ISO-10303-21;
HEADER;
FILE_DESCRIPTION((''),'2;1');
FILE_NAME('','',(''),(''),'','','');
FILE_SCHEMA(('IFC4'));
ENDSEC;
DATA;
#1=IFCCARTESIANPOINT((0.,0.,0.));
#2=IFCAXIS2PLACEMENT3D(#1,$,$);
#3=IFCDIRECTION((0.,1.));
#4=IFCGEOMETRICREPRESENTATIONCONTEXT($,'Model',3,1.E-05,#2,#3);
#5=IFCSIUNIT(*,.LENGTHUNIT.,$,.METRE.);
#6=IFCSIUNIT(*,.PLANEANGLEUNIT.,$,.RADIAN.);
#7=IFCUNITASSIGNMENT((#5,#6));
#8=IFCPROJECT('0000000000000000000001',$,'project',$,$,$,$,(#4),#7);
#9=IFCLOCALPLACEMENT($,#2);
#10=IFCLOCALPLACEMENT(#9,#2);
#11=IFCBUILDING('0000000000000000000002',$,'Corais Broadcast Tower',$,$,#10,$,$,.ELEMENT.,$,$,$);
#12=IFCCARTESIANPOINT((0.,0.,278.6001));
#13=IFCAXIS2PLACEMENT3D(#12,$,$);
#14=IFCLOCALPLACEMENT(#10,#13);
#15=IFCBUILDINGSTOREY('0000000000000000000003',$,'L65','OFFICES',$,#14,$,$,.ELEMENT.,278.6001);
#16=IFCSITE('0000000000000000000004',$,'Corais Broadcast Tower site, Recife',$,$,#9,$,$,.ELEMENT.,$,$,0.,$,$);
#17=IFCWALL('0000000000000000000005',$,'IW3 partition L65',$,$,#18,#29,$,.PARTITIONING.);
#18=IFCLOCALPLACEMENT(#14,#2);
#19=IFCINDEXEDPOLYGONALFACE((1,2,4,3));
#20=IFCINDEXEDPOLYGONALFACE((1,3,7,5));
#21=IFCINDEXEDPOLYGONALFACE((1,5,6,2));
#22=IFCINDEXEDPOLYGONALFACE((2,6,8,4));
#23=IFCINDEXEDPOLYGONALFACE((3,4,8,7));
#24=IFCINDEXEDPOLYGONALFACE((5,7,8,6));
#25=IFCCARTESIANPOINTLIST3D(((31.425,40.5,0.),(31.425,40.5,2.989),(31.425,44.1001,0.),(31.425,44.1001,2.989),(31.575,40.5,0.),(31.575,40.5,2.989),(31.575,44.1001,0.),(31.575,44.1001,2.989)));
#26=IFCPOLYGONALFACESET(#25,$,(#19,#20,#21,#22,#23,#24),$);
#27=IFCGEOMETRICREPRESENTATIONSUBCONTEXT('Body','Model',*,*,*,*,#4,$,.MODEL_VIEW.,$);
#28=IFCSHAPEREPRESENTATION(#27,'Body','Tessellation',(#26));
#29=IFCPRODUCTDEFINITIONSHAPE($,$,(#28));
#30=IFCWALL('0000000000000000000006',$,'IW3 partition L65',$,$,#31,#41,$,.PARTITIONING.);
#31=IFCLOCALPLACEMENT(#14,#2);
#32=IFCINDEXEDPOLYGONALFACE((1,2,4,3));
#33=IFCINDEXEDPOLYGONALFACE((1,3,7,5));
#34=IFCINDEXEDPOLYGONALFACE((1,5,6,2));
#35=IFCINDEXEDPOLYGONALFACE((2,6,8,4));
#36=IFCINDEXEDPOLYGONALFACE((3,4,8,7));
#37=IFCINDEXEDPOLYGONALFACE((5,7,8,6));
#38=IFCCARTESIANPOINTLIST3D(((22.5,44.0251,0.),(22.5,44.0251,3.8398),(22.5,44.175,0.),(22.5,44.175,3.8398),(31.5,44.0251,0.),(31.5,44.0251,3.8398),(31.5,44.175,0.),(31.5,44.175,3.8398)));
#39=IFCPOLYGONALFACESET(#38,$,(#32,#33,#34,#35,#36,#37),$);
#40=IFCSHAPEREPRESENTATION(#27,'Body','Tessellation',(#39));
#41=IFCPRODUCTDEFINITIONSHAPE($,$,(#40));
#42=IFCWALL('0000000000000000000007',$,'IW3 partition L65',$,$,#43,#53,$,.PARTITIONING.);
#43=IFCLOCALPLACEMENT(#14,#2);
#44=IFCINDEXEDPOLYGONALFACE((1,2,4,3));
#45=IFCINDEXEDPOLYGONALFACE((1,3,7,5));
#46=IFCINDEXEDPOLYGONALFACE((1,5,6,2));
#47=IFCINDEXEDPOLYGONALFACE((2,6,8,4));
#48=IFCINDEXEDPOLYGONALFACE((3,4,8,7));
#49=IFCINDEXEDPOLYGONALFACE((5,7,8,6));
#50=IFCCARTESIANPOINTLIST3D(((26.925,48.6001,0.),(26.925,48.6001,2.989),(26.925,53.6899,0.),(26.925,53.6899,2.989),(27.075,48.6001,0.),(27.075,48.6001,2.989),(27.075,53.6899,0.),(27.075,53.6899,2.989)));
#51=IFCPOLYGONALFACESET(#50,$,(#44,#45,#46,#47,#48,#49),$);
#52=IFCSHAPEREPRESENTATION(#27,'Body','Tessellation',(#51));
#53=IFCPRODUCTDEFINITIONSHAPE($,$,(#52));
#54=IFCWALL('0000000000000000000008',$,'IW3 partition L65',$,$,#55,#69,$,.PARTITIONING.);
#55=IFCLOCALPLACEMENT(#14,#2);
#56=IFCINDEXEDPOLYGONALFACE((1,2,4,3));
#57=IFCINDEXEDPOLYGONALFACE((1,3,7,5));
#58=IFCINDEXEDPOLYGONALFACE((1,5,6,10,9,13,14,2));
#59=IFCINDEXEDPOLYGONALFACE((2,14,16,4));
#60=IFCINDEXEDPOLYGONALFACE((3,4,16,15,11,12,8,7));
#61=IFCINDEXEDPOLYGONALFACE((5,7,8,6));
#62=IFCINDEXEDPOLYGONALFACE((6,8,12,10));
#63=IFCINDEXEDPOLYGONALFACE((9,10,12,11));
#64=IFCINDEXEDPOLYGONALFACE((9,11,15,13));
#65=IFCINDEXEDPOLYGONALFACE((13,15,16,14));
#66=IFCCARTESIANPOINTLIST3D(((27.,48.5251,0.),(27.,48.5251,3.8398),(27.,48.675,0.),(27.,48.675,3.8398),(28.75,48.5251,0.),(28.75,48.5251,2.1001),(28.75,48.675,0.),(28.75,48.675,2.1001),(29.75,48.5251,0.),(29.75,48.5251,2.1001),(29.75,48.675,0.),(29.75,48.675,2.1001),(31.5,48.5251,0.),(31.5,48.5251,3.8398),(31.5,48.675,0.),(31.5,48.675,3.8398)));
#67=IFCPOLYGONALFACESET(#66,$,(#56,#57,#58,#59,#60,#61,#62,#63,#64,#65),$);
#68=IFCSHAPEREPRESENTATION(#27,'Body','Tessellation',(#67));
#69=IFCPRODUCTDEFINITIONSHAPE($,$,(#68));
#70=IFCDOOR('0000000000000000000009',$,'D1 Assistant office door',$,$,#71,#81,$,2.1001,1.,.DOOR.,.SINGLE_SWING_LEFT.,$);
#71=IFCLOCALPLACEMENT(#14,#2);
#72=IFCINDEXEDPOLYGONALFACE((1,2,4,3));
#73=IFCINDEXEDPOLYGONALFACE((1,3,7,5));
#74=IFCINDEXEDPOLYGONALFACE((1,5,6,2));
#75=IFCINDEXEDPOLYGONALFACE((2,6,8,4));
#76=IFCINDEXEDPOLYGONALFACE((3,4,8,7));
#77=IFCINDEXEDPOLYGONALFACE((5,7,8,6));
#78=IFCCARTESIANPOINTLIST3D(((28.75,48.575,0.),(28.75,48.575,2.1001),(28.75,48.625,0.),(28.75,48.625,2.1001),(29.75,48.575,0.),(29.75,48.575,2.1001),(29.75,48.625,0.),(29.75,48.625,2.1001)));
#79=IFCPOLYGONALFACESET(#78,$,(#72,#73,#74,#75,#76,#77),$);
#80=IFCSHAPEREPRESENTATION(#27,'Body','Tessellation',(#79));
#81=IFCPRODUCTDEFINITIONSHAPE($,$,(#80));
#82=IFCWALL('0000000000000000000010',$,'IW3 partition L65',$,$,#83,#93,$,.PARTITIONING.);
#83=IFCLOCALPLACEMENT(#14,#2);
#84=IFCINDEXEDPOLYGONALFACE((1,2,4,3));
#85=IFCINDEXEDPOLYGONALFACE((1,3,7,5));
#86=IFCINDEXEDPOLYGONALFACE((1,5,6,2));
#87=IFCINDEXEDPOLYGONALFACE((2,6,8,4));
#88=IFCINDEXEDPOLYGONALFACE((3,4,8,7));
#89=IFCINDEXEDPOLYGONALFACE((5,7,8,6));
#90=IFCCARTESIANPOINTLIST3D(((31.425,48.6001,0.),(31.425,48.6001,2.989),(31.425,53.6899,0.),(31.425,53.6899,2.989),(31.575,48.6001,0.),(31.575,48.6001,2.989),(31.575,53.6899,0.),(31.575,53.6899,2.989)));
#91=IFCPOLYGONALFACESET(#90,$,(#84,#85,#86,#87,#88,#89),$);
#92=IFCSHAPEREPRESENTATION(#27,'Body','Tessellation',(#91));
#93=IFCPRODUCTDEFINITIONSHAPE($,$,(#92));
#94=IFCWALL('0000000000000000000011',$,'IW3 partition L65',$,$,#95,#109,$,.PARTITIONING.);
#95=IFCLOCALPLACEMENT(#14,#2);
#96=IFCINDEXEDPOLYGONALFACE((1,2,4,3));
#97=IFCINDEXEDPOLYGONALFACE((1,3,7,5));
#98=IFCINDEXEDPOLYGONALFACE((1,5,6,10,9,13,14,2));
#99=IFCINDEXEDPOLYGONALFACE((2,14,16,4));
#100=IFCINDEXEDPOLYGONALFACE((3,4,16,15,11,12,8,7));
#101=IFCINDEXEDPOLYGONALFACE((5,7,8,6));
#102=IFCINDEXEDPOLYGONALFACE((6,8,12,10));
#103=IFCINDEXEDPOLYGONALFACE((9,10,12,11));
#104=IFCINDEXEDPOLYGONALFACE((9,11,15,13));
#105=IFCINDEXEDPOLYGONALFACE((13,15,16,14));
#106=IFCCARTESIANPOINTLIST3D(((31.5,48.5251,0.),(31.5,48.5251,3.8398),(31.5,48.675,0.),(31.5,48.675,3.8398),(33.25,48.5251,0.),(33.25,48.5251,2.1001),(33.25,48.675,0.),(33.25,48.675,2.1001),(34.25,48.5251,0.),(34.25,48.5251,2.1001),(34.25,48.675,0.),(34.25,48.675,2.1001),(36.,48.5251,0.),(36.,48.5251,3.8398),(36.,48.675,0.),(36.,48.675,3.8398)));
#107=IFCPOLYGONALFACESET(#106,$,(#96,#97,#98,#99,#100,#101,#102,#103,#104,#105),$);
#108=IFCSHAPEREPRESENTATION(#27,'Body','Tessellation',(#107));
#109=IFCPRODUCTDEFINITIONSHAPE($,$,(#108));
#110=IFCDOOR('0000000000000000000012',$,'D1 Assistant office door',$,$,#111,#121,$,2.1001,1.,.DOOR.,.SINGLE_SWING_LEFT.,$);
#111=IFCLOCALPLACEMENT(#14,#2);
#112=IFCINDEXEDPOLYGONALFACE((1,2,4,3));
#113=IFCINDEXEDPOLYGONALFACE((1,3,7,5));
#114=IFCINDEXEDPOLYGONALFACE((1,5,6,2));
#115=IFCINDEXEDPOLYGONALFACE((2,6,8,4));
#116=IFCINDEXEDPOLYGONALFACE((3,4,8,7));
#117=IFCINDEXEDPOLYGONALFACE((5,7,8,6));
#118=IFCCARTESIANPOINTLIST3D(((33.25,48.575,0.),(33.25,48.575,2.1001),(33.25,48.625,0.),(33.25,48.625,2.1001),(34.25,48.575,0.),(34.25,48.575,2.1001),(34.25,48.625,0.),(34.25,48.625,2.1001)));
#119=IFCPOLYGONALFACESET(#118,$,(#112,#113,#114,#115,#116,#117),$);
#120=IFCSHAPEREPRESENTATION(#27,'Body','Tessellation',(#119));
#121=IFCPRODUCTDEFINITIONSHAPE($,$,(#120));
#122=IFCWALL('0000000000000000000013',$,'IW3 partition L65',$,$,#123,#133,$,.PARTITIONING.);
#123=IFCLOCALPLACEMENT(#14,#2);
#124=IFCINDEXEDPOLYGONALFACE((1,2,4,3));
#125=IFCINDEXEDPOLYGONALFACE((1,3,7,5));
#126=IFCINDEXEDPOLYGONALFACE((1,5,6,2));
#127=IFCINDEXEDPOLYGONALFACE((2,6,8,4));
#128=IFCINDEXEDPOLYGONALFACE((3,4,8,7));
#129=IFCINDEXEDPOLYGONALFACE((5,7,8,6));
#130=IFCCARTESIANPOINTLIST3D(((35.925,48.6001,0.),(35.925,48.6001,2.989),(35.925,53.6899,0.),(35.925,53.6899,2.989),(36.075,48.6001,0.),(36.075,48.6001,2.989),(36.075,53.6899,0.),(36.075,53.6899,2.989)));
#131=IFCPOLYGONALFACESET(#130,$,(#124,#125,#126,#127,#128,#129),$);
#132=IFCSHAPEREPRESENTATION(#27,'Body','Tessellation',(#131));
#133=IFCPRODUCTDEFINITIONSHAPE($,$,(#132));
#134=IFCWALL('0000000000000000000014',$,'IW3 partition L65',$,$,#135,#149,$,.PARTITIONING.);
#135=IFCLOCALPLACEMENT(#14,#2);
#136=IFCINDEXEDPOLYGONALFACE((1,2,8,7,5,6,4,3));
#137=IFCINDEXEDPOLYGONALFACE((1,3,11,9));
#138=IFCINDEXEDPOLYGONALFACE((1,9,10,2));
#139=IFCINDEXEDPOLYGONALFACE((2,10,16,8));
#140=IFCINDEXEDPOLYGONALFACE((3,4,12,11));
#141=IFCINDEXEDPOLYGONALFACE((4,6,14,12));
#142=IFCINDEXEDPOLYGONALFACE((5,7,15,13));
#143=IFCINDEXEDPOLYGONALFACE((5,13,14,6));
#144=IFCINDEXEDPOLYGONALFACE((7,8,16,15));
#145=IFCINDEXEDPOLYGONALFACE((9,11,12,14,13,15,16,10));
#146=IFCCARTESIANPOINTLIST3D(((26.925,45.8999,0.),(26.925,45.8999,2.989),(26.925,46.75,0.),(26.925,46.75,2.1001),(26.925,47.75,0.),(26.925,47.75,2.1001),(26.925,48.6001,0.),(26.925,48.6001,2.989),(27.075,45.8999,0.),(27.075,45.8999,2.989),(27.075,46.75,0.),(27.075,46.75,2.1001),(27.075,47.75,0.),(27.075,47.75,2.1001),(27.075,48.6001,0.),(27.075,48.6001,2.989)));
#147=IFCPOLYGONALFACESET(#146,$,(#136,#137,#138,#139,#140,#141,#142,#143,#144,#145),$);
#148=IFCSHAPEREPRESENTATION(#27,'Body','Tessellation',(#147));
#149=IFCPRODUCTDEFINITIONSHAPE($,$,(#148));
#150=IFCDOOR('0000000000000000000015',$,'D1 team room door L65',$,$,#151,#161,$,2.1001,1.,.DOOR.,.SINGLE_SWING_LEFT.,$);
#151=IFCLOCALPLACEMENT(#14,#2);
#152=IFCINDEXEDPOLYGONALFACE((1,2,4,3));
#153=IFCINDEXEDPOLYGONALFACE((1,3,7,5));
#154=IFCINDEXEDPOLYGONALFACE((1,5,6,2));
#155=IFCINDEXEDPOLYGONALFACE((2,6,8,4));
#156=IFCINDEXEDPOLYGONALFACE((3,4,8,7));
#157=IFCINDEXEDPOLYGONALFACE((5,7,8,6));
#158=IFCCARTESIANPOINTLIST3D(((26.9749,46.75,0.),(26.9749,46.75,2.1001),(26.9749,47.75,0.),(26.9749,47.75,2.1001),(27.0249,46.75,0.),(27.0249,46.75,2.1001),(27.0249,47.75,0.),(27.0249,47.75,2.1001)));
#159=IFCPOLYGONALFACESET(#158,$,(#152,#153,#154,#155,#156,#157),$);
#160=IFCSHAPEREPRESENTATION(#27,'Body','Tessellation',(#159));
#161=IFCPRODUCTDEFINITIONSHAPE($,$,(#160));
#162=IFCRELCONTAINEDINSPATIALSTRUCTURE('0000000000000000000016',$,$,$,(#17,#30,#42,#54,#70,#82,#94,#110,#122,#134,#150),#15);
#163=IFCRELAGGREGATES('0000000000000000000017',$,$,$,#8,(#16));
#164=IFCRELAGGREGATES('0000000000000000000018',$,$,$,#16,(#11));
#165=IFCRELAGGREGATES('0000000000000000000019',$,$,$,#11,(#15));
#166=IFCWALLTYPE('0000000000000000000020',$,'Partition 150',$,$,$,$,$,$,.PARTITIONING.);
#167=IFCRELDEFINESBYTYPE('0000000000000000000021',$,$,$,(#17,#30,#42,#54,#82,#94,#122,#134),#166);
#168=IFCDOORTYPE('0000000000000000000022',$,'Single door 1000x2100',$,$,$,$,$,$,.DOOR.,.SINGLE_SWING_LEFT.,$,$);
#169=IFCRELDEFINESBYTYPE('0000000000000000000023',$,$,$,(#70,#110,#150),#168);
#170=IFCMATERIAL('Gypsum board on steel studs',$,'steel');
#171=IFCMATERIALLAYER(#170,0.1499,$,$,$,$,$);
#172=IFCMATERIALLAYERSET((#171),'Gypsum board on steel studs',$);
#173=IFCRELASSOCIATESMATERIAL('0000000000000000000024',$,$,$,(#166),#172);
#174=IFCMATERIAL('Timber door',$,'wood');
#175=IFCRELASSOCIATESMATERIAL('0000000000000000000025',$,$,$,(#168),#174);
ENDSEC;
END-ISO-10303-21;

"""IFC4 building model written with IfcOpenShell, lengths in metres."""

from ifc_helpers import new_model, si_unit, direction, frame, frame_2d, origin, place, context, subcontext, project, spatial, rectangle, extrude, material, layer, layer_set, type_object, element, fill, save


model = new_model("IFC4")

# Units and contexts
model_context = context("Model", 3, precision=1e-05, world=origin(), true_north=direction((0.0, 1.0)))
body_context = subcontext(model_context, "Body", "Model", "MODEL_VIEW")
ifc_project = project(units=[si_unit("LENGTHUNIT", "METRE"), si_unit("PLANEANGLEUNIT", "RADIAN")], contexts=[model_context])

# Site, building, storey
site_placement = place(None, origin())
site = spatial("IfcSite", under=ifc_project, at=site_placement, Name="Corais Broadcast Tower site, Recife", CompositionType="ELEMENT", RefElevation=0.0)
building_placement = place(site_placement, origin())
building = spatial("IfcBuilding", under=site, at=building_placement, Name="Corais Broadcast Tower", CompositionType="ELEMENT")
storey_placement = place(building_placement, frame((0.0, 0.0, 278.6001)))
storey = spatial("IfcBuildingStorey", under=building, at=storey_placement, Name="L65", Description="OFFICES", CompositionType="ELEMENT", Elevation=278.6001)

# Shared definitions
ifc_material_1 = material(Name="Gypsum board on steel studs", Category="steel")
ifc_layer_1 = layer(ifc_material_1, 0.1499)
ifc_layer_set_1 = layer_set([ifc_layer_1], Name="Gypsum board on steel studs")
wall_type_1 = type_object("IfcWallType", Name="Partition 150", PredefinedType="PARTITIONING", material=ifc_layer_set_1)
ifc_material_2 = material(Name="Timber door", Category="wood")
door_type = type_object("IfcDoorType", Name="Single door 1000x2100", OperationType="SINGLE_SWING_LEFT", PredefinedType="DOOR", material=ifc_material_2)

# Walls
wall_1_placement = place(storey_placement, frame((31.5, 40.5, 0.0), z_axis=(0.0, 0.0, 1.0), x_axis=(0.0, 1.0, 0.0)))
element("IfcWall", 1, at=wall_1_placement, inside=storey, type_object=wall_type_1, Name="IW3 partition L65", PredefinedType="PARTITIONING", context=body_context, shape_type="SweptSolid", body=[
    extrude(rectangle(XDim=3.6001, YDim=0.1499, at=frame_2d((1.8, 0.0))), origin(), (0.0, 0.0, 1.0), 2.989),
])
wall_2_placement = place(storey_placement, frame((31.5, 44.1001, 0.0), z_axis=(0.0, 0.0, 1.0), x_axis=(-1.0, 0.0, 0.0)))
element("IfcWall", 2, at=wall_2_placement, inside=storey, type_object=wall_type_1, Name="IW3 partition L65", PredefinedType="PARTITIONING", context=body_context, shape_type="SweptSolid", body=[
    extrude(rectangle(XDim=9.0, YDim=0.1499, at=frame_2d((4.5, 0.0))), origin(), (0.0, 0.0, 1.0), 3.8398),
])
wall_3_placement = place(storey_placement, frame((27.0, 48.6001, 0.0), z_axis=(0.0, 0.0, 1.0), x_axis=(0.0, 1.0, 0.0)))
element("IfcWall", 3, at=wall_3_placement, inside=storey, type_object=wall_type_1, Name="IW3 partition L65", PredefinedType="PARTITIONING", context=body_context, shape_type="SweptSolid", body=[
    extrude(rectangle(XDim=5.0898, YDim=0.1499, at=frame_2d((2.5449, 0.0))), origin(), (0.0, 0.0, 1.0), 2.989),
])

# Wall, opening, door
wall_4_placement = place(storey_placement, frame((27.0, 48.6001, 0.0), z_axis=(0.0, 0.0, 1.0), x_axis=(1.0, 0.0, 0.0)))
wall_4 = element("IfcWall", 4, at=wall_4_placement, inside=storey, type_object=wall_type_1, Name="IW3 partition L65", PredefinedType="PARTITIONING", context=body_context, shape_type="SweptSolid", body=[
    extrude(rectangle(XDim=4.5, YDim=0.1499, at=frame_2d((2.25, 0.0))), origin(), (0.0, 0.0, 1.0), 3.8398),
])
opening_1_placement = place(wall_4_placement, frame((1.75, 0.0, 0.0)))
opening_1 = element("IfcOpeningElement", 5, at=opening_1_placement, cuts=wall_4, PredefinedType="OPENING", context=body_context, shape_type="SweptSolid", body=[
    extrude(rectangle(XDim=1.0, YDim=2.1001, at=frame_2d((0.5, 1.05))), frame((0.0, 0.085, 0.0), z_axis=(0.0, -1.0, 0.0), x_axis=(1.0, 0.0, 0.0)), (0.0, 0.0, 1.0), 0.1699),
])
door_1_placement = place(opening_1_placement, origin())
door_1 = element("IfcDoor", 6, at=door_1_placement, inside=storey, type_object=door_type, Name="D1 Assistant office door", OperationType="SINGLE_SWING_LEFT", OverallHeight=2.1001, OverallWidth=1.0, PredefinedType="DOOR", context=body_context, shape_type="SweptSolid", body=[
    extrude(rectangle(XDim=1.0, YDim=2.1001, at=frame_2d((0.5, 1.05))), frame((0.0, 0.0249, 0.0), z_axis=(0.0, -1.0, 0.0), x_axis=(1.0, 0.0, 0.0)), (0.0, 0.0, 1.0), 0.05),
])
fill(opening_1, door_1)

# Wall
wall_5_placement = place(storey_placement, frame((31.5, 48.6001, 0.0), z_axis=(0.0, 0.0, 1.0), x_axis=(0.0, 1.0, 0.0)))
element("IfcWall", 7, at=wall_5_placement, inside=storey, type_object=wall_type_1, Name="IW3 partition L65", PredefinedType="PARTITIONING", context=body_context, shape_type="SweptSolid", body=[
    extrude(rectangle(XDim=5.0898, YDim=0.1499, at=frame_2d((2.5449, 0.0))), origin(), (0.0, 0.0, 1.0), 2.989),
])

# Wall, opening, door
wall_6_placement = place(storey_placement, frame((31.5, 48.6001, 0.0), z_axis=(0.0, 0.0, 1.0), x_axis=(1.0, 0.0, 0.0)))
wall_6 = element("IfcWall", 8, at=wall_6_placement, inside=storey, type_object=wall_type_1, Name="IW3 partition L65", PredefinedType="PARTITIONING", context=body_context, shape_type="SweptSolid", body=[
    extrude(rectangle(XDim=4.5, YDim=0.1499, at=frame_2d((2.25, 0.0))), origin(), (0.0, 0.0, 1.0), 3.8398),
])
opening_2_placement = place(wall_6_placement, frame((1.75, 0.0, 0.0)))
opening_2 = element("IfcOpeningElement", 9, at=opening_2_placement, cuts=wall_6, PredefinedType="OPENING", context=body_context, shape_type="SweptSolid", body=[
    extrude(rectangle(XDim=1.0, YDim=2.1001, at=frame_2d((0.5, 1.05))), frame((0.0, 0.085, 0.0), z_axis=(0.0, -1.0, 0.0), x_axis=(1.0, 0.0, 0.0)), (0.0, 0.0, 1.0), 0.1699),
])
door_2_placement = place(opening_2_placement, origin())
door_2 = element("IfcDoor", 10, at=door_2_placement, inside=storey, type_object=door_type, Name="D1 Assistant office door", OperationType="SINGLE_SWING_LEFT", OverallHeight=2.1001, OverallWidth=1.0, PredefinedType="DOOR", context=body_context, shape_type="SweptSolid", body=[
    extrude(rectangle(XDim=1.0, YDim=2.1001, at=frame_2d((0.5, 1.05))), frame((0.0, 0.0249, 0.0), z_axis=(0.0, -1.0, 0.0), x_axis=(1.0, 0.0, 0.0)), (0.0, 0.0, 1.0), 0.05),
])
fill(opening_2, door_2)

# Wall
wall_7_placement = place(storey_placement, frame((36.0, 48.6001, 0.0), z_axis=(0.0, 0.0, 1.0), x_axis=(0.0, 1.0, 0.0)))
element("IfcWall", 11, at=wall_7_placement, inside=storey, type_object=wall_type_1, Name="IW3 partition L65", PredefinedType="PARTITIONING", context=body_context, shape_type="SweptSolid", body=[
    extrude(rectangle(XDim=5.0898, YDim=0.1499, at=frame_2d((2.5449, 0.0))), origin(), (0.0, 0.0, 1.0), 2.989),
])

# Wall, opening, door
wall_8_placement = place(storey_placement, frame((27.0, 48.6001, 0.0), z_axis=(0.0, 0.0, 1.0), x_axis=(0.0, -1.0, 0.0)))
wall_8 = element("IfcWall", 12, at=wall_8_placement, inside=storey, type_object=wall_type_1, Name="IW3 partition L65", PredefinedType="PARTITIONING", context=body_context, shape_type="SweptSolid", body=[
    extrude(rectangle(XDim=2.7002, YDim=0.1499, at=frame_2d((1.3501, 0.0))), origin(), (0.0, 0.0, 1.0), 2.989),
])
opening_3_placement = place(wall_8_placement, frame((0.8501, 0.0, 0.0)))
opening_3 = element("IfcOpeningElement", 13, at=opening_3_placement, cuts=wall_8, PredefinedType="OPENING", context=body_context, shape_type="SweptSolid", body=[
    extrude(rectangle(XDim=1.0, YDim=2.1001, at=frame_2d((0.5, 1.05))), frame((0.0, 0.085, 0.0), z_axis=(0.0, -1.0, 0.0), x_axis=(1.0, 0.0, 0.0)), (0.0, 0.0, 1.0), 0.1699),
])
door_3_placement = place(opening_3_placement, origin())
door_3 = element("IfcDoor", 14, at=door_3_placement, inside=storey, type_object=door_type, Name="D1 team room door L65", OperationType="SINGLE_SWING_LEFT", OverallHeight=2.1001, OverallWidth=1.0, PredefinedType="DOOR", context=body_context, shape_type="SweptSolid", body=[
    extrude(rectangle(XDim=1.0, YDim=2.1001, at=frame_2d((0.5, 1.05))), frame((0.0, 0.0249, 0.0), z_axis=(0.0, -1.0, 0.0), x_axis=(1.0, 0.0, 0.0)), (0.0, 0.0, 1.0), 0.05),
])
fill(opening_3, door_3)

save(model, "model.ifc")
